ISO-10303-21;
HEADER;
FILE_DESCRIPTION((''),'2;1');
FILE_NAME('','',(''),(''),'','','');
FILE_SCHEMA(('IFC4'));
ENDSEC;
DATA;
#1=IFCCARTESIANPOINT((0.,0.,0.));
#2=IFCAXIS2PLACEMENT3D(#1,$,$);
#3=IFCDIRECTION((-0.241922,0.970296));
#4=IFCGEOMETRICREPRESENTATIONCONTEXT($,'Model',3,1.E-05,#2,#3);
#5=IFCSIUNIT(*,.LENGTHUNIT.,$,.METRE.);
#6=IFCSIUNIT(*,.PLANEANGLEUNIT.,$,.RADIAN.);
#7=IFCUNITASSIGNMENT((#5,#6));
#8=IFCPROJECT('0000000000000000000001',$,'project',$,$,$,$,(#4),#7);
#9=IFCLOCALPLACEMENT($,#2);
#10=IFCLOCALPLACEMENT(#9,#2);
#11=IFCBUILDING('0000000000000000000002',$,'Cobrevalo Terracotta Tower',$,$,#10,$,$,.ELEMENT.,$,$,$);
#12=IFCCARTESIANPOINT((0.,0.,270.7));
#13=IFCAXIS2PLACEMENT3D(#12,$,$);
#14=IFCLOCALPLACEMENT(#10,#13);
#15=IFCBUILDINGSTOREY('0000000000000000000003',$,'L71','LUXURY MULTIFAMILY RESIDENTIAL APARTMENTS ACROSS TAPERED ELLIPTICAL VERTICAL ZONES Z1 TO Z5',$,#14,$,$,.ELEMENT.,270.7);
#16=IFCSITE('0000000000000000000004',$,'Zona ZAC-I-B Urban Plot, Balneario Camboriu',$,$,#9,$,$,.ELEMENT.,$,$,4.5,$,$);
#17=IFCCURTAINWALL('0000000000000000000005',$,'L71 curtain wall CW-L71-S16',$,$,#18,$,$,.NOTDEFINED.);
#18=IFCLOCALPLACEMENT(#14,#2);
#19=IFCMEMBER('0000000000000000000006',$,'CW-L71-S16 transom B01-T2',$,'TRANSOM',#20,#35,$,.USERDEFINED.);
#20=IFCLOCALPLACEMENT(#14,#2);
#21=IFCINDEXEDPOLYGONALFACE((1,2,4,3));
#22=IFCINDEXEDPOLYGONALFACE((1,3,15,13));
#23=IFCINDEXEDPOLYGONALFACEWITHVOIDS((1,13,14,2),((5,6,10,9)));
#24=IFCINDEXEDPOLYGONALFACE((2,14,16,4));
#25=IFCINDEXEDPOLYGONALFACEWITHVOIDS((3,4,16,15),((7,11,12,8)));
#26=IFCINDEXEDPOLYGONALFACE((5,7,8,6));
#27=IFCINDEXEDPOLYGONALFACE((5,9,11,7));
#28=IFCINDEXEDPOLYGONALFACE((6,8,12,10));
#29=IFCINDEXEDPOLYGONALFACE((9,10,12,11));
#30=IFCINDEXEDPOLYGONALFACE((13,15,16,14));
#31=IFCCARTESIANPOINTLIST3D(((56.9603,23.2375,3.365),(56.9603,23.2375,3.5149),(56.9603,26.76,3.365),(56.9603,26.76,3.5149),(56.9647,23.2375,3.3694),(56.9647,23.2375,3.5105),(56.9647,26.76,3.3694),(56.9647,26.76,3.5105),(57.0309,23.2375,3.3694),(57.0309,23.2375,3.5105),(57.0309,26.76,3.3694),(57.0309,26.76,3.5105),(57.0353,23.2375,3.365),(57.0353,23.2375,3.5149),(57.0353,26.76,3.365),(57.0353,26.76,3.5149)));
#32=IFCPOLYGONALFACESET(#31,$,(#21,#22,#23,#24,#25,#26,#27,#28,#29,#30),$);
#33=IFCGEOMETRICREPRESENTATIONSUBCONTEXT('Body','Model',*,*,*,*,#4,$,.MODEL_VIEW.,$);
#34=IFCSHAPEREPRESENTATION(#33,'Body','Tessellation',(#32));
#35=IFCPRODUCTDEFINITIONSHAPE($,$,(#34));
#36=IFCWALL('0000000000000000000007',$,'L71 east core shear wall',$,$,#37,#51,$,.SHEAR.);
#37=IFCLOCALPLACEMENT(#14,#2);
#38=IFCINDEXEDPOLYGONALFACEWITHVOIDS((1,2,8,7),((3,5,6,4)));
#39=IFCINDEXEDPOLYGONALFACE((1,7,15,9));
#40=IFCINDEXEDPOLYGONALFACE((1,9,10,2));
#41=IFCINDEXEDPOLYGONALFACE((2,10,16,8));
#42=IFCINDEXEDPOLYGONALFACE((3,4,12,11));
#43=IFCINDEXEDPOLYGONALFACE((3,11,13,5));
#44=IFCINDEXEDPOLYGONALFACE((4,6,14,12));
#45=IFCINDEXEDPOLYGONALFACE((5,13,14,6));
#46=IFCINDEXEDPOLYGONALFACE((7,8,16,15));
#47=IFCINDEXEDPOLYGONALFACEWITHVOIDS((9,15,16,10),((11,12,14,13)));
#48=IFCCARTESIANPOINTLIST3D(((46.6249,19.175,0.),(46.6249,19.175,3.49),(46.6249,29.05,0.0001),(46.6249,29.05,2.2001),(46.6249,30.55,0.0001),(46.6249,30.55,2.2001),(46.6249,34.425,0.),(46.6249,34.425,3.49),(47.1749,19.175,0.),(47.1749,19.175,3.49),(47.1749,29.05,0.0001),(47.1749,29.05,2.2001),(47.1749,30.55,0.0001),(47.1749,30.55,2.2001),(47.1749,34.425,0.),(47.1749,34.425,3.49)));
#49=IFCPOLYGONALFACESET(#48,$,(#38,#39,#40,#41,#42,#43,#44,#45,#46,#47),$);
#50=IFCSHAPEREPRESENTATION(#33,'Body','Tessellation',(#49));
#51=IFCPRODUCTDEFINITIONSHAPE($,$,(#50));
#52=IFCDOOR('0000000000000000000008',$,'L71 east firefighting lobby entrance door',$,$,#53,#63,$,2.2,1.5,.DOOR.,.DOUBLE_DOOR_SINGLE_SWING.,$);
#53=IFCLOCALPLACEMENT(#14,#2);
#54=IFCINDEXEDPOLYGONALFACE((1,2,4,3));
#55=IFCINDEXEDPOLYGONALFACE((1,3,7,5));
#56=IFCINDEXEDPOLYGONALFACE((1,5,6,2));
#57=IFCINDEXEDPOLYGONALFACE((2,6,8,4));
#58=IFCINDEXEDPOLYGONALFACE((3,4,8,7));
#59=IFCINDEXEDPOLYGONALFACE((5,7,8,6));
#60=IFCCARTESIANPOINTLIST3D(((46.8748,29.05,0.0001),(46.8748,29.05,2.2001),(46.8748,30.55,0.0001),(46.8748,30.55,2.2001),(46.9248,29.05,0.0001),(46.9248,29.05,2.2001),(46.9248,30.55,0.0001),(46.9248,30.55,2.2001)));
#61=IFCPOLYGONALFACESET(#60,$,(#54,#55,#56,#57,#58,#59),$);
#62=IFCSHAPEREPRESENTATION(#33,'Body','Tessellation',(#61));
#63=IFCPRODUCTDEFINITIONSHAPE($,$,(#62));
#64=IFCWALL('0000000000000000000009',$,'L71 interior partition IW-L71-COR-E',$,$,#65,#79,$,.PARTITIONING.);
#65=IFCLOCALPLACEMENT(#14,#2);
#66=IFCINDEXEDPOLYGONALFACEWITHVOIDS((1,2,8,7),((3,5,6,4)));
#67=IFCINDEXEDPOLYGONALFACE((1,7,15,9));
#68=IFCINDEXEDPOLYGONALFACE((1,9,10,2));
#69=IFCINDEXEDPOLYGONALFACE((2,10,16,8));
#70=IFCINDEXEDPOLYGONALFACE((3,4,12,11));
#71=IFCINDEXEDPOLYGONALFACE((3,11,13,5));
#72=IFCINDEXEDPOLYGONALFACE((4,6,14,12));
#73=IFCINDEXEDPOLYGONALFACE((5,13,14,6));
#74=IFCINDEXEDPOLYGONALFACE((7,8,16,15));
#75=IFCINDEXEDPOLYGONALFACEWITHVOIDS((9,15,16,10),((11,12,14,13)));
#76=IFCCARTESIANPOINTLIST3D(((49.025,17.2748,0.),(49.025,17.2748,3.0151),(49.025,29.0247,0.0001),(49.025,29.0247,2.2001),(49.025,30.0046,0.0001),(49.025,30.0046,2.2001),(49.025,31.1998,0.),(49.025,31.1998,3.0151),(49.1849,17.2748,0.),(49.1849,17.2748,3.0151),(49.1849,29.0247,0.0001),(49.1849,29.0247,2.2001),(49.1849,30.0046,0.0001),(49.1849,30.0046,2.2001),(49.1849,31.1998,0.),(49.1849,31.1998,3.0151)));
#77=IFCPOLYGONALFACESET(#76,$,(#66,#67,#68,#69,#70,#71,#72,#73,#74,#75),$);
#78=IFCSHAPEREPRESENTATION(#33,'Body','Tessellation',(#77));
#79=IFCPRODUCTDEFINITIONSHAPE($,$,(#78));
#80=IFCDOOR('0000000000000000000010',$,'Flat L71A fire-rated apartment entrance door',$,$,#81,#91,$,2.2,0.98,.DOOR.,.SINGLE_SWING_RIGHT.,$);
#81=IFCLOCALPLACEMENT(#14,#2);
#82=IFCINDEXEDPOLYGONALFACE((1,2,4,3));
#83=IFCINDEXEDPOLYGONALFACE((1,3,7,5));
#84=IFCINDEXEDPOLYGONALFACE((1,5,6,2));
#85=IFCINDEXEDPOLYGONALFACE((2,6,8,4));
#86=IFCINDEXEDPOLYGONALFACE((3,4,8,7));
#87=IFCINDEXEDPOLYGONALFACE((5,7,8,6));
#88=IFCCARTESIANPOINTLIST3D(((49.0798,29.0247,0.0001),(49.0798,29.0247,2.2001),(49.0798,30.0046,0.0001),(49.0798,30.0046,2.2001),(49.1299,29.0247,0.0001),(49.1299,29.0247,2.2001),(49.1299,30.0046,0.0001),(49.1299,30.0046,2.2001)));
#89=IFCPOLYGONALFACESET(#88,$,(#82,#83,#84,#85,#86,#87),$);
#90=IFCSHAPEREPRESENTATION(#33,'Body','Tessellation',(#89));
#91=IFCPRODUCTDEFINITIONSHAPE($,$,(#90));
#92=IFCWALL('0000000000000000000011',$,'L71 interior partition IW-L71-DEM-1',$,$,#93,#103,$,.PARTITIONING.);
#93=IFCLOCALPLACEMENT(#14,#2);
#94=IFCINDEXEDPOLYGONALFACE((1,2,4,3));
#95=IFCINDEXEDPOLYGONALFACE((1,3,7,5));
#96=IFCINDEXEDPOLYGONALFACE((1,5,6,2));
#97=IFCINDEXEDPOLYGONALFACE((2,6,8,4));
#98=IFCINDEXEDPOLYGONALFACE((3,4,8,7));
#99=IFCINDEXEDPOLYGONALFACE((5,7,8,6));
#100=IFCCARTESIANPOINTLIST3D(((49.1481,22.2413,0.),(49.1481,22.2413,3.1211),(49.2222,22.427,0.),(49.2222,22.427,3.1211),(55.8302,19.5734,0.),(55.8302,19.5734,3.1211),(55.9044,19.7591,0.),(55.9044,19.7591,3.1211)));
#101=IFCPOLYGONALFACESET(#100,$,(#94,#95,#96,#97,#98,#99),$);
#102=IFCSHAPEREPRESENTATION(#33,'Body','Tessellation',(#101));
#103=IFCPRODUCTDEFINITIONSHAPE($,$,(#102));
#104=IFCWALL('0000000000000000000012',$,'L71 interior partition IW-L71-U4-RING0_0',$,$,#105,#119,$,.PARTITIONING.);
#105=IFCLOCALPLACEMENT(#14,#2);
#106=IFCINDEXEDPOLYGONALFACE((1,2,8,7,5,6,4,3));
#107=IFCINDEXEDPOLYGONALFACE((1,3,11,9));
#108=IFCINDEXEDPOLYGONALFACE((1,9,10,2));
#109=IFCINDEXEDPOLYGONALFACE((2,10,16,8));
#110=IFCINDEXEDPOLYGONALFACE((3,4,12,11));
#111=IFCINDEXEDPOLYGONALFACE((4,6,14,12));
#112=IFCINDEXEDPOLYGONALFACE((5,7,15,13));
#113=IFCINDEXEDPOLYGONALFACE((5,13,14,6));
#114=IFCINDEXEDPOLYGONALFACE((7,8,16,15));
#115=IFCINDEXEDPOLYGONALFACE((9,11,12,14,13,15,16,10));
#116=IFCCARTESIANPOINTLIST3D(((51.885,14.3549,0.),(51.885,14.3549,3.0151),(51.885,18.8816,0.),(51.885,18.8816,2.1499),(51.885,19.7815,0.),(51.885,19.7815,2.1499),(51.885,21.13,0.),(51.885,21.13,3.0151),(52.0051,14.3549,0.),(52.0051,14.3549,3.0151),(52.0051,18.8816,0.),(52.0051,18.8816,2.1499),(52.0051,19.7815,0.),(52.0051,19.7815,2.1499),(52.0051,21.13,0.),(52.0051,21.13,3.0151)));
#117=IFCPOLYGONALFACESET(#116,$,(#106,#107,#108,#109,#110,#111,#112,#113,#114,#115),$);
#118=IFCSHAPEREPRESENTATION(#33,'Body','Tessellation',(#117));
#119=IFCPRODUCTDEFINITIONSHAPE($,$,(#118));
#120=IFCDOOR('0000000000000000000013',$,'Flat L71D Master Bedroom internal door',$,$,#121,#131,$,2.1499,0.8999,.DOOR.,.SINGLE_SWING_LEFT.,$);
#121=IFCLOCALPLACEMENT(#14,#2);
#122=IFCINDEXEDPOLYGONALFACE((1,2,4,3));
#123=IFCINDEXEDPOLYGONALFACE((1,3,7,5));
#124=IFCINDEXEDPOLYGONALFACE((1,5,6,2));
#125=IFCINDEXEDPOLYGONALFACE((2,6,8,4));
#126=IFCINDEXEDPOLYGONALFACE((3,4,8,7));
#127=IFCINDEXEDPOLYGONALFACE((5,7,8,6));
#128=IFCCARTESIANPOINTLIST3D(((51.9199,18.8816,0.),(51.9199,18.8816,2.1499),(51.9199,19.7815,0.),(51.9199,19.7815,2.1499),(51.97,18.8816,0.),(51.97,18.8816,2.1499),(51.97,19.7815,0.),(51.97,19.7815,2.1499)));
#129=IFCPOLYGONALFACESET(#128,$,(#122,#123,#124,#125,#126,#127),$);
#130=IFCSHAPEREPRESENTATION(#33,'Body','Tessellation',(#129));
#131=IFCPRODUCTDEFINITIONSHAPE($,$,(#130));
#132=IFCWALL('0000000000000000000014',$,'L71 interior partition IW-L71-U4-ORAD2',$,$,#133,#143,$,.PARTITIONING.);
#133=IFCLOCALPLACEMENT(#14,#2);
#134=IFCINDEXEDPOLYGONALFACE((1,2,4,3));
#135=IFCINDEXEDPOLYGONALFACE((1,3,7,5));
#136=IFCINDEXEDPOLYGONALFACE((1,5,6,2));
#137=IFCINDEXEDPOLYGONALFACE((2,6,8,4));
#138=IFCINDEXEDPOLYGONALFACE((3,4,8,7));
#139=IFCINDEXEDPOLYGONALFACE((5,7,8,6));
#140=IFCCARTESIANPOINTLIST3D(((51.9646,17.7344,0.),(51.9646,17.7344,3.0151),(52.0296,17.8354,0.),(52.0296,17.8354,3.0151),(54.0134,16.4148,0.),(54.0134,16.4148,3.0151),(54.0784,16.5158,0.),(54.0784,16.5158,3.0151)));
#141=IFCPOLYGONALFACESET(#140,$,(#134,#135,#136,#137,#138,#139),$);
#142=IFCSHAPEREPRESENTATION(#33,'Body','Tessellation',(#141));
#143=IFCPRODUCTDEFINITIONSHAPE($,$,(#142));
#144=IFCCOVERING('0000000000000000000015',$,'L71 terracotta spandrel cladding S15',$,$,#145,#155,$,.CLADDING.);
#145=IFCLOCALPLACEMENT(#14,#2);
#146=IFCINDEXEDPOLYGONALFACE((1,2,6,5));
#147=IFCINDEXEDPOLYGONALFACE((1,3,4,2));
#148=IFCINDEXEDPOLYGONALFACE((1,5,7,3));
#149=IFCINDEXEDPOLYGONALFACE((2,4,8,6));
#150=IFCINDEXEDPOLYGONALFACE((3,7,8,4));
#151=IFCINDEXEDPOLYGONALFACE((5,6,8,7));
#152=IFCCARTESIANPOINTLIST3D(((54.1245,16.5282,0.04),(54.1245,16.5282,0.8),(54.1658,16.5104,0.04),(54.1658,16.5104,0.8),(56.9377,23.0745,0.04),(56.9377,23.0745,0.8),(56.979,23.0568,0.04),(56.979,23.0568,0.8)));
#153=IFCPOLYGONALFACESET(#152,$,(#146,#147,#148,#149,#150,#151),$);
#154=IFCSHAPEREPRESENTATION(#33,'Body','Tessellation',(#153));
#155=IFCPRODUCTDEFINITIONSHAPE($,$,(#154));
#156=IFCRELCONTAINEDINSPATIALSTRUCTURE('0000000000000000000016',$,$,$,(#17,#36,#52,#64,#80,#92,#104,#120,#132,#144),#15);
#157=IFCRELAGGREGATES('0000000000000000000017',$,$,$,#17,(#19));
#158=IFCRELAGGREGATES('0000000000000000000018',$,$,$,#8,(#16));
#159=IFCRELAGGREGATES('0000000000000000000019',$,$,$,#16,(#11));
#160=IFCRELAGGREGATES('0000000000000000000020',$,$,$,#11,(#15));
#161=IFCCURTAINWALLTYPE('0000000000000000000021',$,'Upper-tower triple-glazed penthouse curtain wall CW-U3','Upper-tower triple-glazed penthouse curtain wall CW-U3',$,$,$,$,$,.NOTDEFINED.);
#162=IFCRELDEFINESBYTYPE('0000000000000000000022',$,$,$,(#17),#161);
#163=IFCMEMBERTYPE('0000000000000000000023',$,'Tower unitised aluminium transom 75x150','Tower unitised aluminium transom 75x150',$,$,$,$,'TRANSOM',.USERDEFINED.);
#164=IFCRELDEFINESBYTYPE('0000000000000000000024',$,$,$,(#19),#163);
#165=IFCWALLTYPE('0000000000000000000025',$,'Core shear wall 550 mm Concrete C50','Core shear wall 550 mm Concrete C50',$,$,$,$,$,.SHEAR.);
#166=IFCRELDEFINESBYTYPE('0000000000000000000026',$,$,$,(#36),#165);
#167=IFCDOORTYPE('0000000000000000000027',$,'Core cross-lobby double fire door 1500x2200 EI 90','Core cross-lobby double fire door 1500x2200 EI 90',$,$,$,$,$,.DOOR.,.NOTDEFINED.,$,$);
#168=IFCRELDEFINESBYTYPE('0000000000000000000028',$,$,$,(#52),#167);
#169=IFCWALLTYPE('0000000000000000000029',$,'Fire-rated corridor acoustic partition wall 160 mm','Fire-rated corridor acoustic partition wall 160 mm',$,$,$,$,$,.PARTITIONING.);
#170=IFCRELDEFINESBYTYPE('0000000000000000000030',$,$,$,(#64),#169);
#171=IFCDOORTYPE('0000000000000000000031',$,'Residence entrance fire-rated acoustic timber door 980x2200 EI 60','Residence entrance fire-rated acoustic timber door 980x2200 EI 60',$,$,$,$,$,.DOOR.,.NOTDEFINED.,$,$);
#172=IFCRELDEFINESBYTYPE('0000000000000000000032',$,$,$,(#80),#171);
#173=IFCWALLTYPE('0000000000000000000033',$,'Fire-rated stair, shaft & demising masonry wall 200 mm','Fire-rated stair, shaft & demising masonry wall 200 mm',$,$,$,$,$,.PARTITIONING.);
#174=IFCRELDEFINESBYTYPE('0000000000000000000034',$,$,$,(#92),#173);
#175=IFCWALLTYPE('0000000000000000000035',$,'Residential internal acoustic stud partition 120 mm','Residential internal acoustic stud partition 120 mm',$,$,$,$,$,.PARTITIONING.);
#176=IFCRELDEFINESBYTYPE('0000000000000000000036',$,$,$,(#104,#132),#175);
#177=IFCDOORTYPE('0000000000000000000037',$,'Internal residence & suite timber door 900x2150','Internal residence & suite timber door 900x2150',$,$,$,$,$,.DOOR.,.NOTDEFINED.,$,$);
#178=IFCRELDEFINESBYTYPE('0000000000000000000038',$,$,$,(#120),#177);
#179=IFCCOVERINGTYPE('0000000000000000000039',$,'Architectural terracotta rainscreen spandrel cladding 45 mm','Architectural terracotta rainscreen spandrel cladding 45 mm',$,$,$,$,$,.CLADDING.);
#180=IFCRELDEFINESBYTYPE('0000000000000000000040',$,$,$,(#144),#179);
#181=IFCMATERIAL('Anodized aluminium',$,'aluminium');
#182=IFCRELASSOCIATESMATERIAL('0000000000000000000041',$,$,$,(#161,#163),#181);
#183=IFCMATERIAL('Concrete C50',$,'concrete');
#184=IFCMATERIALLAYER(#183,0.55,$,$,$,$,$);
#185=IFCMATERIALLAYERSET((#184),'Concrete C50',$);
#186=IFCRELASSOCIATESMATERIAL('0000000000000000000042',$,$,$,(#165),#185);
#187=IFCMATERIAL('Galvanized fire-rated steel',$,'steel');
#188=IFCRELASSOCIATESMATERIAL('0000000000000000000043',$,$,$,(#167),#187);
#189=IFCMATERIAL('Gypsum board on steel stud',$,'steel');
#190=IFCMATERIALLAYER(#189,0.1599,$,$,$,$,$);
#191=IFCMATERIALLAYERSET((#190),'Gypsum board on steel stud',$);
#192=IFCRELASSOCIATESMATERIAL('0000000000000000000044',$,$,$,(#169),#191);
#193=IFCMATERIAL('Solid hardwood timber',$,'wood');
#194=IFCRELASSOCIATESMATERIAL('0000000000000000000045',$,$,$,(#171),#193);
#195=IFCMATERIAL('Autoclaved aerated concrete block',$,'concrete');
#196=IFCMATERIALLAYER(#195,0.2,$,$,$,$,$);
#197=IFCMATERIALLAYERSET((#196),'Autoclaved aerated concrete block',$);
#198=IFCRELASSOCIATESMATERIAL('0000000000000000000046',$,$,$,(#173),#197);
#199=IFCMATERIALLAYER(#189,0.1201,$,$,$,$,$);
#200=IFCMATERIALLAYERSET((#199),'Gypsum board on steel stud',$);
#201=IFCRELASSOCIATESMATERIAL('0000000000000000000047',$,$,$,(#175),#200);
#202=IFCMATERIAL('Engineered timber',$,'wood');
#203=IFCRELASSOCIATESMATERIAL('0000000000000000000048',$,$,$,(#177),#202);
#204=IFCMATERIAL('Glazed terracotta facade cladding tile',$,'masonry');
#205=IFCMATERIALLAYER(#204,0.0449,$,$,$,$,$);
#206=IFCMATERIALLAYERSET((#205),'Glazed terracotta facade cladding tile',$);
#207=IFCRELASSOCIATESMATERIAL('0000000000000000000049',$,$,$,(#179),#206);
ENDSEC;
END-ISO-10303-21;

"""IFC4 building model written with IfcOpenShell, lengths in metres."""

from ifc_helpers import new_model, si_unit, direction, frame, frame_2d, origin, origin_2d, place, context, subcontext, project, spatial, rectangle, hollow_rectangle, extrude, source, transform, mapped, material, layer, layer_set, material_profile, profile_set, type_object, element, fill, aggregate, save


model = new_model("IFC4")

# Units and contexts
model_context = context("Model", 3, precision=1e-05, world=origin(), true_north=direction((-0.241922, 0.970296)))
body_context = subcontext(model_context, "Body", "Model", "MODEL_VIEW")
ifc_project = project(units=[si_unit("LENGTHUNIT", "METRE"), si_unit("PLANEANGLEUNIT", "RADIAN")], contexts=[model_context])

# Site, building, storey
site_placement = place(None, origin())
site = spatial("IfcSite", under=ifc_project, at=site_placement, Name="Zona ZAC-I-B Urban Plot, Balneario Camboriu", CompositionType="ELEMENT", RefElevation=4.5)
building_placement = place(site_placement, origin())
building = spatial("IfcBuilding", under=site, at=building_placement, Name="Cobrevalo Terracotta Tower", CompositionType="ELEMENT")
storey_placement = place(building_placement, frame((0.0, 0.0, 270.7)))
storey = spatial("IfcBuildingStorey", under=building, at=storey_placement, Name="L71", Description="LUXURY MULTIFAMILY RESIDENTIAL APARTMENTS ACROSS TAPERED ELLIPTICAL VERTICAL ZONES Z1 TO Z5", CompositionType="ELEMENT", Elevation=270.7)

# Shared definitions
ifc_material_1 = material(Name="Concrete C50", Category="concrete")

# Curtain wall, member
ifc_material_2 = material(Name="Anodized aluminium", Category="aluminium")
curtain_wall_type = type_object("IfcCurtainWallType", Name="Upper-tower triple-glazed penthouse curtain wall CW-U3", Description="Upper-tower triple-glazed penthouse curtain wall CW-U3", PredefinedType="NOTDEFINED", material=ifc_material_2)
curtain_wall_placement = place(storey_placement, origin())
curtain_wall = element("IfcCurtainWall", 1, at=curtain_wall_placement, inside=storey, type_object=curtain_wall_type, Name="L71 curtain wall CW-L71-S16", PredefinedType="NOTDEFINED")
ifc_material_profile_1 = material_profile(ifc_material_2, hollow_rectangle(XDim=0.075, YDim=0.1499, WallThickness=0.0044, at=origin_2d()), Name="CWT 75x150")
ifc_profile_set_1 = profile_set([ifc_material_profile_1], Name="Anodized aluminium")
member_type_1 = type_object("IfcMemberType", Name="Tower unitised aluminium transom 75x150", Description="Tower unitised aluminium transom 75x150", ElementType="TRANSOM", PredefinedType="USERDEFINED", material=ifc_profile_set_1)
shared_shape_1 = source(origin(), body_context, "Body", "SweptSolid", [
    extrude(hollow_rectangle(XDim=0.075, YDim=0.1499, WallThickness=0.0044, at=origin_2d()), origin(), (0.0, 0.0, 1.0), 3.5225),
])
member_1_placement = place(storey_placement, frame((56.9978, 23.2375, 3.4399), z_axis=(0.0, 1.0, 0.0), x_axis=(-1.0, 0.0, 0.0)))
member_1 = element("IfcMember", 2, at=member_1_placement, type_object=member_type_1, Name="CW-L71-S16 transom B01-T2", ObjectType="TRANSOM", PredefinedType="USERDEFINED", context=body_context, shape_type="MappedRepresentation", body=[
    mapped(shared_shape_1, transform((0.0, 0.0, 0.0), scale=1.0)),
])
aggregate(curtain_wall, [member_1])

# Walls, openings, doors
ifc_layer_1 = layer(ifc_material_1, 0.55)
ifc_layer_set_1 = layer_set([ifc_layer_1], Name="Concrete C50")
wall_type_1 = type_object("IfcWallType", Name="Core shear wall 550 mm Concrete C50", Description="Core shear wall 550 mm Concrete C50", PredefinedType="SHEAR", material=ifc_layer_set_1)
wall_1_placement = place(storey_placement, frame((46.8999, 19.175, 0.0), z_axis=(0.0, 0.0, 1.0), x_axis=(0.0, 1.0, 0.0)))
wall_1 = element("IfcWall", 3, at=wall_1_placement, inside=storey, type_object=wall_type_1, Name="L71 east core shear wall", PredefinedType="SHEAR", context=body_context, shape_type="SweptSolid", body=[
    extrude(rectangle(XDim=15.25, YDim=0.55, at=frame_2d((7.625, 0.0))), origin(), (0.0, 0.0, 1.0), 3.49),
])
opening_1_placement = place(wall_1_placement, frame((9.875, 0.0, 0.0)))
opening_1 = element("IfcOpeningElement", 4, at=opening_1_placement, cuts=wall_1, PredefinedType="OPENING", context=body_context, shape_type="SweptSolid", body=[
    extrude(rectangle(XDim=1.5, YDim=2.2, at=frame_2d((0.75, 1.1001))), frame((0.0, 0.2852, 0.0), z_axis=(0.0, -1.0, 0.0), x_axis=(1.0, 0.0, 0.0)), (0.0, 0.0, 1.0), 0.5701),
])
ifc_material_3 = material(Name="Galvanized fire-rated steel", Category="steel")
door_type_1 = type_object("IfcDoorType", Name="Core cross-lobby double fire door 1500x2200 EI 90", Description="Core cross-lobby double fire door 1500x2200 EI 90", OperationType="NOTDEFINED", PredefinedType="DOOR", material=ifc_material_3)
shared_shape_2 = source(origin(), body_context, "Body", "SweptSolid", [
    extrude(rectangle(XDim=1.5, YDim=2.2, at=frame_2d((0.75, 1.1001))), frame((0.0, 0.0249, 0.0), z_axis=(0.0, -1.0, 0.0), x_axis=(1.0, 0.0, 0.0)), (0.0, 0.0, 1.0), 0.05),
])
door_1_placement = place(opening_1_placement, frame((1.5, 0.0, 0.0), z_axis=(0.0, 0.0, 1.0), x_axis=(-1.0, 0.0, 0.0)))
door_1 = element("IfcDoor", 5, at=door_1_placement, inside=storey, type_object=door_type_1, Name="L71 east firefighting lobby entrance door", OperationType="DOUBLE_DOOR_SINGLE_SWING", OverallHeight=2.2, OverallWidth=1.5, PredefinedType="DOOR", context=body_context, shape_type="MappedRepresentation", body=[
    mapped(shared_shape_2, transform((0.0, 0.0, 0.0), scale=1.0)),
])
fill(opening_1, door_1)
ifc_material_4 = material(Name="Gypsum board on steel stud", Category="steel")
ifc_layer_2 = layer(ifc_material_4, 0.1599)
ifc_layer_set_2 = layer_set([ifc_layer_2], Name="Gypsum board on steel stud")
wall_type_2 = type_object("IfcWallType", Name="Fire-rated corridor acoustic partition wall 160 mm", Description="Fire-rated corridor acoustic partition wall 160 mm", PredefinedType="PARTITIONING", material=ifc_layer_set_2)
wall_2_placement = place(storey_placement, frame((49.105, 17.2749, 0.0), z_axis=(0.0, 0.0, 1.0), x_axis=(0.0, 1.0, 0.0)))
wall_2 = element("IfcWall", 6, at=wall_2_placement, inside=storey, type_object=wall_type_2, Name="L71 interior partition IW-L71-COR-E", PredefinedType="PARTITIONING", context=body_context, shape_type="SweptSolid", body=[
    extrude(rectangle(XDim=13.925, YDim=0.1599, at=frame_2d((6.9624, 0.0))), origin(), (0.0, 0.0, 1.0), 3.0151),
])
opening_2_placement = place(wall_2_placement, frame((11.7498, 0.0, 0.0)))
opening_2 = element("IfcOpeningElement", 7, at=opening_2_placement, cuts=wall_2, PredefinedType="OPENING", context=body_context, shape_type="SweptSolid", body=[
    extrude(rectangle(XDim=0.98, YDim=2.2, at=frame_2d((0.49, 1.1001))), frame((0.0, 0.0898, 0.0), z_axis=(0.0, -1.0, 0.0), x_axis=(1.0, 0.0, 0.0)), (0.0, 0.0, 1.0), 0.1799),
])
ifc_material_5 = material(Name="Solid hardwood timber", Category="wood")
door_type_2 = type_object("IfcDoorType", Name="Residence entrance fire-rated acoustic timber door 980x2200 EI 60", Description="Residence entrance fire-rated acoustic timber door 980x2200 EI 60", OperationType="NOTDEFINED", PredefinedType="DOOR", material=ifc_material_5)
shared_shape_3 = source(origin(), body_context, "Body", "SweptSolid", [
    extrude(rectangle(XDim=0.98, YDim=2.2, at=frame_2d((0.49, 1.1001))), frame((0.0, 0.0249, 0.0), z_axis=(0.0, -1.0, 0.0), x_axis=(1.0, 0.0, 0.0)), (0.0, 0.0, 1.0), 0.05),
])
door_2_placement = place(opening_2_placement, frame((0.98, 0.0, 0.0), z_axis=(0.0, 0.0, 1.0), x_axis=(-1.0, 0.0, 0.0)))
door_2 = element("IfcDoor", 8, at=door_2_placement, inside=storey, type_object=door_type_2, Name="Flat L71A fire-rated apartment entrance door", OperationType="SINGLE_SWING_RIGHT", OverallHeight=2.2, OverallWidth=0.98, PredefinedType="DOOR", context=body_context, shape_type="MappedRepresentation", body=[
    mapped(shared_shape_3, transform((0.0, 0.0, 0.0), scale=1.0)),
])
fill(opening_2, door_2)

# Wall
ifc_material_6 = material(Name="Autoclaved aerated concrete block", Category="concrete")
ifc_layer_3 = layer(ifc_material_6, 0.2)
ifc_layer_set_3 = layer_set([ifc_layer_3], Name="Autoclaved aerated concrete block")
wall_type_3 = type_object("IfcWallType", Name="Fire-rated stair, shaft & demising masonry wall 200 mm", Description="Fire-rated stair, shaft & demising masonry wall 200 mm", PredefinedType="PARTITIONING", material=ifc_layer_set_3)
wall_3_placement = place(storey_placement, frame((49.1851, 22.3342, 0.0), z_axis=(0.0, 0.0, 1.0), x_axis=(0.928711, -0.370806, 0.0)))
element("IfcWall", 9, at=wall_3_placement, inside=storey, type_object=wall_type_3, Name="L71 interior partition IW-L71-DEM-1", PredefinedType="PARTITIONING", context=body_context, shape_type="SweptSolid", body=[
    extrude(rectangle(XDim=7.1951, YDim=0.2, at=frame_2d((3.5977, 0.0))), origin(), (0.0, 0.0, 1.0), 3.1211),
])

# Wall, opening, door
ifc_layer_4 = layer(ifc_material_4, 0.1201)
ifc_layer_set_4 = layer_set([ifc_layer_4], Name="Gypsum board on steel stud")
wall_type_4 = type_object("IfcWallType", Name="Residential internal acoustic stud partition 120 mm", Description="Residential internal acoustic stud partition 120 mm", PredefinedType="PARTITIONING", material=ifc_layer_set_4)
wall_4_placement = place(storey_placement, frame((51.9451, 21.1301, 0.0), z_axis=(0.0, 0.0, 1.0), x_axis=(0.0, -1.0, 0.0)))
wall_4 = element("IfcWall", 10, at=wall_4_placement, inside=storey, type_object=wall_type_4, Name="L71 interior partition IW-L71-U4-RING0_0", PredefinedType="PARTITIONING", context=body_context, shape_type="SweptSolid", body=[
    extrude(rectangle(XDim=6.7751, YDim=0.1201, at=frame_2d((3.3877, 0.0))), origin(), (0.0, 0.0, 1.0), 3.0151),
])
opening_3_placement = place(wall_4_placement, frame((1.3486, 0.0, 0.0)))
opening_3 = element("IfcOpeningElement", 11, at=opening_3_placement, cuts=wall_4, PredefinedType="OPENING", context=body_context, shape_type="SweptSolid", body=[
    extrude(rectangle(XDim=0.8999, YDim=2.1499, at=frame_2d((0.45, 1.075))), frame((0.0, 0.0701, 0.0), z_axis=(0.0, -1.0, 0.0), x_axis=(1.0, 0.0, 0.0)), (0.0, 0.0, 1.0), 0.1401),
])
ifc_material_7 = material(Name="Engineered timber", Category="wood")
door_type_3 = type_object("IfcDoorType", Name="Internal residence & suite timber door 900x2150", Description="Internal residence & suite timber door 900x2150", OperationType="NOTDEFINED", PredefinedType="DOOR", material=ifc_material_7)
shared_shape_4 = source(origin(), body_context, "Body", "SweptSolid", [
    extrude(rectangle(XDim=0.8999, YDim=2.1499, at=frame_2d((0.45, 1.075))), frame((0.0, 0.0249, 0.0), z_axis=(0.0, -1.0, 0.0), x_axis=(1.0, 0.0, 0.0)), (0.0, 0.0, 1.0), 0.05),
])
door_3_placement = place(opening_3_placement, origin())
door_3 = element("IfcDoor", 12, at=door_3_placement, inside=storey, type_object=door_type_3, Name="Flat L71D Master Bedroom internal door", OperationType="SINGLE_SWING_LEFT", OverallHeight=2.1499, OverallWidth=0.8999, PredefinedType="DOOR", context=body_context, shape_type="MappedRepresentation", body=[
    mapped(shared_shape_4, transform((0.0, 0.0, 0.0), scale=1.0)),
])
fill(opening_3, door_3)

# Wall
wall_5_placement = place(storey_placement, frame((51.9971, 17.7849, 0.0), z_axis=(0.0, 0.0, 1.0), x_axis=(0.840716, -0.541476, 0.0)))
element("IfcWall", 13, at=wall_5_placement, inside=storey, type_object=wall_type_4, Name="L71 interior partition IW-L71-U4-ORAD2", PredefinedType="PARTITIONING", context=body_context, shape_type="SweptSolid", body=[
    extrude(rectangle(XDim=2.437, YDim=0.1201, at=frame_2d((1.2185, 0.0))), origin(), (0.0, 0.0, 1.0), 3.0151),
])

# Covering
ifc_material_8 = material(Name="Glazed terracotta facade cladding tile", Category="masonry")
ifc_layer_5 = layer(ifc_material_8, 0.0449)
ifc_layer_set_5 = layer_set([ifc_layer_5], Name="Glazed terracotta facade cladding tile")
covering_type = type_object("IfcCoveringType", Name="Architectural terracotta rainscreen spandrel cladding 45 mm", Description="Architectural terracotta rainscreen spandrel cladding 45 mm", PredefinedType="CLADDING", material=ifc_layer_set_5)
shared_shape_5 = source(origin(), body_context, "Body", "SweptSolid", [
    extrude(rectangle(XDim=7.1252, YDim=0.0449, at=origin_2d()), origin(), (0.0, 0.0, 1.0), 0.76),
])
covering_placement = place(storey_placement, frame((55.5518, 19.7925, 0.04), z_axis=(0.0, 0.0, 1.0), x_axis=(0.394829, 0.918755, 0.0)))
element("IfcCovering", 14, at=covering_placement, inside=storey, type_object=covering_type, Name="L71 terracotta spandrel cladding S15", PredefinedType="CLADDING", context=body_context, shape_type="MappedRepresentation", body=[
    mapped(shared_shape_5, transform((0.0, 0.0, 0.0), scale=1.0)),
])

save(model, "model.ifc")
